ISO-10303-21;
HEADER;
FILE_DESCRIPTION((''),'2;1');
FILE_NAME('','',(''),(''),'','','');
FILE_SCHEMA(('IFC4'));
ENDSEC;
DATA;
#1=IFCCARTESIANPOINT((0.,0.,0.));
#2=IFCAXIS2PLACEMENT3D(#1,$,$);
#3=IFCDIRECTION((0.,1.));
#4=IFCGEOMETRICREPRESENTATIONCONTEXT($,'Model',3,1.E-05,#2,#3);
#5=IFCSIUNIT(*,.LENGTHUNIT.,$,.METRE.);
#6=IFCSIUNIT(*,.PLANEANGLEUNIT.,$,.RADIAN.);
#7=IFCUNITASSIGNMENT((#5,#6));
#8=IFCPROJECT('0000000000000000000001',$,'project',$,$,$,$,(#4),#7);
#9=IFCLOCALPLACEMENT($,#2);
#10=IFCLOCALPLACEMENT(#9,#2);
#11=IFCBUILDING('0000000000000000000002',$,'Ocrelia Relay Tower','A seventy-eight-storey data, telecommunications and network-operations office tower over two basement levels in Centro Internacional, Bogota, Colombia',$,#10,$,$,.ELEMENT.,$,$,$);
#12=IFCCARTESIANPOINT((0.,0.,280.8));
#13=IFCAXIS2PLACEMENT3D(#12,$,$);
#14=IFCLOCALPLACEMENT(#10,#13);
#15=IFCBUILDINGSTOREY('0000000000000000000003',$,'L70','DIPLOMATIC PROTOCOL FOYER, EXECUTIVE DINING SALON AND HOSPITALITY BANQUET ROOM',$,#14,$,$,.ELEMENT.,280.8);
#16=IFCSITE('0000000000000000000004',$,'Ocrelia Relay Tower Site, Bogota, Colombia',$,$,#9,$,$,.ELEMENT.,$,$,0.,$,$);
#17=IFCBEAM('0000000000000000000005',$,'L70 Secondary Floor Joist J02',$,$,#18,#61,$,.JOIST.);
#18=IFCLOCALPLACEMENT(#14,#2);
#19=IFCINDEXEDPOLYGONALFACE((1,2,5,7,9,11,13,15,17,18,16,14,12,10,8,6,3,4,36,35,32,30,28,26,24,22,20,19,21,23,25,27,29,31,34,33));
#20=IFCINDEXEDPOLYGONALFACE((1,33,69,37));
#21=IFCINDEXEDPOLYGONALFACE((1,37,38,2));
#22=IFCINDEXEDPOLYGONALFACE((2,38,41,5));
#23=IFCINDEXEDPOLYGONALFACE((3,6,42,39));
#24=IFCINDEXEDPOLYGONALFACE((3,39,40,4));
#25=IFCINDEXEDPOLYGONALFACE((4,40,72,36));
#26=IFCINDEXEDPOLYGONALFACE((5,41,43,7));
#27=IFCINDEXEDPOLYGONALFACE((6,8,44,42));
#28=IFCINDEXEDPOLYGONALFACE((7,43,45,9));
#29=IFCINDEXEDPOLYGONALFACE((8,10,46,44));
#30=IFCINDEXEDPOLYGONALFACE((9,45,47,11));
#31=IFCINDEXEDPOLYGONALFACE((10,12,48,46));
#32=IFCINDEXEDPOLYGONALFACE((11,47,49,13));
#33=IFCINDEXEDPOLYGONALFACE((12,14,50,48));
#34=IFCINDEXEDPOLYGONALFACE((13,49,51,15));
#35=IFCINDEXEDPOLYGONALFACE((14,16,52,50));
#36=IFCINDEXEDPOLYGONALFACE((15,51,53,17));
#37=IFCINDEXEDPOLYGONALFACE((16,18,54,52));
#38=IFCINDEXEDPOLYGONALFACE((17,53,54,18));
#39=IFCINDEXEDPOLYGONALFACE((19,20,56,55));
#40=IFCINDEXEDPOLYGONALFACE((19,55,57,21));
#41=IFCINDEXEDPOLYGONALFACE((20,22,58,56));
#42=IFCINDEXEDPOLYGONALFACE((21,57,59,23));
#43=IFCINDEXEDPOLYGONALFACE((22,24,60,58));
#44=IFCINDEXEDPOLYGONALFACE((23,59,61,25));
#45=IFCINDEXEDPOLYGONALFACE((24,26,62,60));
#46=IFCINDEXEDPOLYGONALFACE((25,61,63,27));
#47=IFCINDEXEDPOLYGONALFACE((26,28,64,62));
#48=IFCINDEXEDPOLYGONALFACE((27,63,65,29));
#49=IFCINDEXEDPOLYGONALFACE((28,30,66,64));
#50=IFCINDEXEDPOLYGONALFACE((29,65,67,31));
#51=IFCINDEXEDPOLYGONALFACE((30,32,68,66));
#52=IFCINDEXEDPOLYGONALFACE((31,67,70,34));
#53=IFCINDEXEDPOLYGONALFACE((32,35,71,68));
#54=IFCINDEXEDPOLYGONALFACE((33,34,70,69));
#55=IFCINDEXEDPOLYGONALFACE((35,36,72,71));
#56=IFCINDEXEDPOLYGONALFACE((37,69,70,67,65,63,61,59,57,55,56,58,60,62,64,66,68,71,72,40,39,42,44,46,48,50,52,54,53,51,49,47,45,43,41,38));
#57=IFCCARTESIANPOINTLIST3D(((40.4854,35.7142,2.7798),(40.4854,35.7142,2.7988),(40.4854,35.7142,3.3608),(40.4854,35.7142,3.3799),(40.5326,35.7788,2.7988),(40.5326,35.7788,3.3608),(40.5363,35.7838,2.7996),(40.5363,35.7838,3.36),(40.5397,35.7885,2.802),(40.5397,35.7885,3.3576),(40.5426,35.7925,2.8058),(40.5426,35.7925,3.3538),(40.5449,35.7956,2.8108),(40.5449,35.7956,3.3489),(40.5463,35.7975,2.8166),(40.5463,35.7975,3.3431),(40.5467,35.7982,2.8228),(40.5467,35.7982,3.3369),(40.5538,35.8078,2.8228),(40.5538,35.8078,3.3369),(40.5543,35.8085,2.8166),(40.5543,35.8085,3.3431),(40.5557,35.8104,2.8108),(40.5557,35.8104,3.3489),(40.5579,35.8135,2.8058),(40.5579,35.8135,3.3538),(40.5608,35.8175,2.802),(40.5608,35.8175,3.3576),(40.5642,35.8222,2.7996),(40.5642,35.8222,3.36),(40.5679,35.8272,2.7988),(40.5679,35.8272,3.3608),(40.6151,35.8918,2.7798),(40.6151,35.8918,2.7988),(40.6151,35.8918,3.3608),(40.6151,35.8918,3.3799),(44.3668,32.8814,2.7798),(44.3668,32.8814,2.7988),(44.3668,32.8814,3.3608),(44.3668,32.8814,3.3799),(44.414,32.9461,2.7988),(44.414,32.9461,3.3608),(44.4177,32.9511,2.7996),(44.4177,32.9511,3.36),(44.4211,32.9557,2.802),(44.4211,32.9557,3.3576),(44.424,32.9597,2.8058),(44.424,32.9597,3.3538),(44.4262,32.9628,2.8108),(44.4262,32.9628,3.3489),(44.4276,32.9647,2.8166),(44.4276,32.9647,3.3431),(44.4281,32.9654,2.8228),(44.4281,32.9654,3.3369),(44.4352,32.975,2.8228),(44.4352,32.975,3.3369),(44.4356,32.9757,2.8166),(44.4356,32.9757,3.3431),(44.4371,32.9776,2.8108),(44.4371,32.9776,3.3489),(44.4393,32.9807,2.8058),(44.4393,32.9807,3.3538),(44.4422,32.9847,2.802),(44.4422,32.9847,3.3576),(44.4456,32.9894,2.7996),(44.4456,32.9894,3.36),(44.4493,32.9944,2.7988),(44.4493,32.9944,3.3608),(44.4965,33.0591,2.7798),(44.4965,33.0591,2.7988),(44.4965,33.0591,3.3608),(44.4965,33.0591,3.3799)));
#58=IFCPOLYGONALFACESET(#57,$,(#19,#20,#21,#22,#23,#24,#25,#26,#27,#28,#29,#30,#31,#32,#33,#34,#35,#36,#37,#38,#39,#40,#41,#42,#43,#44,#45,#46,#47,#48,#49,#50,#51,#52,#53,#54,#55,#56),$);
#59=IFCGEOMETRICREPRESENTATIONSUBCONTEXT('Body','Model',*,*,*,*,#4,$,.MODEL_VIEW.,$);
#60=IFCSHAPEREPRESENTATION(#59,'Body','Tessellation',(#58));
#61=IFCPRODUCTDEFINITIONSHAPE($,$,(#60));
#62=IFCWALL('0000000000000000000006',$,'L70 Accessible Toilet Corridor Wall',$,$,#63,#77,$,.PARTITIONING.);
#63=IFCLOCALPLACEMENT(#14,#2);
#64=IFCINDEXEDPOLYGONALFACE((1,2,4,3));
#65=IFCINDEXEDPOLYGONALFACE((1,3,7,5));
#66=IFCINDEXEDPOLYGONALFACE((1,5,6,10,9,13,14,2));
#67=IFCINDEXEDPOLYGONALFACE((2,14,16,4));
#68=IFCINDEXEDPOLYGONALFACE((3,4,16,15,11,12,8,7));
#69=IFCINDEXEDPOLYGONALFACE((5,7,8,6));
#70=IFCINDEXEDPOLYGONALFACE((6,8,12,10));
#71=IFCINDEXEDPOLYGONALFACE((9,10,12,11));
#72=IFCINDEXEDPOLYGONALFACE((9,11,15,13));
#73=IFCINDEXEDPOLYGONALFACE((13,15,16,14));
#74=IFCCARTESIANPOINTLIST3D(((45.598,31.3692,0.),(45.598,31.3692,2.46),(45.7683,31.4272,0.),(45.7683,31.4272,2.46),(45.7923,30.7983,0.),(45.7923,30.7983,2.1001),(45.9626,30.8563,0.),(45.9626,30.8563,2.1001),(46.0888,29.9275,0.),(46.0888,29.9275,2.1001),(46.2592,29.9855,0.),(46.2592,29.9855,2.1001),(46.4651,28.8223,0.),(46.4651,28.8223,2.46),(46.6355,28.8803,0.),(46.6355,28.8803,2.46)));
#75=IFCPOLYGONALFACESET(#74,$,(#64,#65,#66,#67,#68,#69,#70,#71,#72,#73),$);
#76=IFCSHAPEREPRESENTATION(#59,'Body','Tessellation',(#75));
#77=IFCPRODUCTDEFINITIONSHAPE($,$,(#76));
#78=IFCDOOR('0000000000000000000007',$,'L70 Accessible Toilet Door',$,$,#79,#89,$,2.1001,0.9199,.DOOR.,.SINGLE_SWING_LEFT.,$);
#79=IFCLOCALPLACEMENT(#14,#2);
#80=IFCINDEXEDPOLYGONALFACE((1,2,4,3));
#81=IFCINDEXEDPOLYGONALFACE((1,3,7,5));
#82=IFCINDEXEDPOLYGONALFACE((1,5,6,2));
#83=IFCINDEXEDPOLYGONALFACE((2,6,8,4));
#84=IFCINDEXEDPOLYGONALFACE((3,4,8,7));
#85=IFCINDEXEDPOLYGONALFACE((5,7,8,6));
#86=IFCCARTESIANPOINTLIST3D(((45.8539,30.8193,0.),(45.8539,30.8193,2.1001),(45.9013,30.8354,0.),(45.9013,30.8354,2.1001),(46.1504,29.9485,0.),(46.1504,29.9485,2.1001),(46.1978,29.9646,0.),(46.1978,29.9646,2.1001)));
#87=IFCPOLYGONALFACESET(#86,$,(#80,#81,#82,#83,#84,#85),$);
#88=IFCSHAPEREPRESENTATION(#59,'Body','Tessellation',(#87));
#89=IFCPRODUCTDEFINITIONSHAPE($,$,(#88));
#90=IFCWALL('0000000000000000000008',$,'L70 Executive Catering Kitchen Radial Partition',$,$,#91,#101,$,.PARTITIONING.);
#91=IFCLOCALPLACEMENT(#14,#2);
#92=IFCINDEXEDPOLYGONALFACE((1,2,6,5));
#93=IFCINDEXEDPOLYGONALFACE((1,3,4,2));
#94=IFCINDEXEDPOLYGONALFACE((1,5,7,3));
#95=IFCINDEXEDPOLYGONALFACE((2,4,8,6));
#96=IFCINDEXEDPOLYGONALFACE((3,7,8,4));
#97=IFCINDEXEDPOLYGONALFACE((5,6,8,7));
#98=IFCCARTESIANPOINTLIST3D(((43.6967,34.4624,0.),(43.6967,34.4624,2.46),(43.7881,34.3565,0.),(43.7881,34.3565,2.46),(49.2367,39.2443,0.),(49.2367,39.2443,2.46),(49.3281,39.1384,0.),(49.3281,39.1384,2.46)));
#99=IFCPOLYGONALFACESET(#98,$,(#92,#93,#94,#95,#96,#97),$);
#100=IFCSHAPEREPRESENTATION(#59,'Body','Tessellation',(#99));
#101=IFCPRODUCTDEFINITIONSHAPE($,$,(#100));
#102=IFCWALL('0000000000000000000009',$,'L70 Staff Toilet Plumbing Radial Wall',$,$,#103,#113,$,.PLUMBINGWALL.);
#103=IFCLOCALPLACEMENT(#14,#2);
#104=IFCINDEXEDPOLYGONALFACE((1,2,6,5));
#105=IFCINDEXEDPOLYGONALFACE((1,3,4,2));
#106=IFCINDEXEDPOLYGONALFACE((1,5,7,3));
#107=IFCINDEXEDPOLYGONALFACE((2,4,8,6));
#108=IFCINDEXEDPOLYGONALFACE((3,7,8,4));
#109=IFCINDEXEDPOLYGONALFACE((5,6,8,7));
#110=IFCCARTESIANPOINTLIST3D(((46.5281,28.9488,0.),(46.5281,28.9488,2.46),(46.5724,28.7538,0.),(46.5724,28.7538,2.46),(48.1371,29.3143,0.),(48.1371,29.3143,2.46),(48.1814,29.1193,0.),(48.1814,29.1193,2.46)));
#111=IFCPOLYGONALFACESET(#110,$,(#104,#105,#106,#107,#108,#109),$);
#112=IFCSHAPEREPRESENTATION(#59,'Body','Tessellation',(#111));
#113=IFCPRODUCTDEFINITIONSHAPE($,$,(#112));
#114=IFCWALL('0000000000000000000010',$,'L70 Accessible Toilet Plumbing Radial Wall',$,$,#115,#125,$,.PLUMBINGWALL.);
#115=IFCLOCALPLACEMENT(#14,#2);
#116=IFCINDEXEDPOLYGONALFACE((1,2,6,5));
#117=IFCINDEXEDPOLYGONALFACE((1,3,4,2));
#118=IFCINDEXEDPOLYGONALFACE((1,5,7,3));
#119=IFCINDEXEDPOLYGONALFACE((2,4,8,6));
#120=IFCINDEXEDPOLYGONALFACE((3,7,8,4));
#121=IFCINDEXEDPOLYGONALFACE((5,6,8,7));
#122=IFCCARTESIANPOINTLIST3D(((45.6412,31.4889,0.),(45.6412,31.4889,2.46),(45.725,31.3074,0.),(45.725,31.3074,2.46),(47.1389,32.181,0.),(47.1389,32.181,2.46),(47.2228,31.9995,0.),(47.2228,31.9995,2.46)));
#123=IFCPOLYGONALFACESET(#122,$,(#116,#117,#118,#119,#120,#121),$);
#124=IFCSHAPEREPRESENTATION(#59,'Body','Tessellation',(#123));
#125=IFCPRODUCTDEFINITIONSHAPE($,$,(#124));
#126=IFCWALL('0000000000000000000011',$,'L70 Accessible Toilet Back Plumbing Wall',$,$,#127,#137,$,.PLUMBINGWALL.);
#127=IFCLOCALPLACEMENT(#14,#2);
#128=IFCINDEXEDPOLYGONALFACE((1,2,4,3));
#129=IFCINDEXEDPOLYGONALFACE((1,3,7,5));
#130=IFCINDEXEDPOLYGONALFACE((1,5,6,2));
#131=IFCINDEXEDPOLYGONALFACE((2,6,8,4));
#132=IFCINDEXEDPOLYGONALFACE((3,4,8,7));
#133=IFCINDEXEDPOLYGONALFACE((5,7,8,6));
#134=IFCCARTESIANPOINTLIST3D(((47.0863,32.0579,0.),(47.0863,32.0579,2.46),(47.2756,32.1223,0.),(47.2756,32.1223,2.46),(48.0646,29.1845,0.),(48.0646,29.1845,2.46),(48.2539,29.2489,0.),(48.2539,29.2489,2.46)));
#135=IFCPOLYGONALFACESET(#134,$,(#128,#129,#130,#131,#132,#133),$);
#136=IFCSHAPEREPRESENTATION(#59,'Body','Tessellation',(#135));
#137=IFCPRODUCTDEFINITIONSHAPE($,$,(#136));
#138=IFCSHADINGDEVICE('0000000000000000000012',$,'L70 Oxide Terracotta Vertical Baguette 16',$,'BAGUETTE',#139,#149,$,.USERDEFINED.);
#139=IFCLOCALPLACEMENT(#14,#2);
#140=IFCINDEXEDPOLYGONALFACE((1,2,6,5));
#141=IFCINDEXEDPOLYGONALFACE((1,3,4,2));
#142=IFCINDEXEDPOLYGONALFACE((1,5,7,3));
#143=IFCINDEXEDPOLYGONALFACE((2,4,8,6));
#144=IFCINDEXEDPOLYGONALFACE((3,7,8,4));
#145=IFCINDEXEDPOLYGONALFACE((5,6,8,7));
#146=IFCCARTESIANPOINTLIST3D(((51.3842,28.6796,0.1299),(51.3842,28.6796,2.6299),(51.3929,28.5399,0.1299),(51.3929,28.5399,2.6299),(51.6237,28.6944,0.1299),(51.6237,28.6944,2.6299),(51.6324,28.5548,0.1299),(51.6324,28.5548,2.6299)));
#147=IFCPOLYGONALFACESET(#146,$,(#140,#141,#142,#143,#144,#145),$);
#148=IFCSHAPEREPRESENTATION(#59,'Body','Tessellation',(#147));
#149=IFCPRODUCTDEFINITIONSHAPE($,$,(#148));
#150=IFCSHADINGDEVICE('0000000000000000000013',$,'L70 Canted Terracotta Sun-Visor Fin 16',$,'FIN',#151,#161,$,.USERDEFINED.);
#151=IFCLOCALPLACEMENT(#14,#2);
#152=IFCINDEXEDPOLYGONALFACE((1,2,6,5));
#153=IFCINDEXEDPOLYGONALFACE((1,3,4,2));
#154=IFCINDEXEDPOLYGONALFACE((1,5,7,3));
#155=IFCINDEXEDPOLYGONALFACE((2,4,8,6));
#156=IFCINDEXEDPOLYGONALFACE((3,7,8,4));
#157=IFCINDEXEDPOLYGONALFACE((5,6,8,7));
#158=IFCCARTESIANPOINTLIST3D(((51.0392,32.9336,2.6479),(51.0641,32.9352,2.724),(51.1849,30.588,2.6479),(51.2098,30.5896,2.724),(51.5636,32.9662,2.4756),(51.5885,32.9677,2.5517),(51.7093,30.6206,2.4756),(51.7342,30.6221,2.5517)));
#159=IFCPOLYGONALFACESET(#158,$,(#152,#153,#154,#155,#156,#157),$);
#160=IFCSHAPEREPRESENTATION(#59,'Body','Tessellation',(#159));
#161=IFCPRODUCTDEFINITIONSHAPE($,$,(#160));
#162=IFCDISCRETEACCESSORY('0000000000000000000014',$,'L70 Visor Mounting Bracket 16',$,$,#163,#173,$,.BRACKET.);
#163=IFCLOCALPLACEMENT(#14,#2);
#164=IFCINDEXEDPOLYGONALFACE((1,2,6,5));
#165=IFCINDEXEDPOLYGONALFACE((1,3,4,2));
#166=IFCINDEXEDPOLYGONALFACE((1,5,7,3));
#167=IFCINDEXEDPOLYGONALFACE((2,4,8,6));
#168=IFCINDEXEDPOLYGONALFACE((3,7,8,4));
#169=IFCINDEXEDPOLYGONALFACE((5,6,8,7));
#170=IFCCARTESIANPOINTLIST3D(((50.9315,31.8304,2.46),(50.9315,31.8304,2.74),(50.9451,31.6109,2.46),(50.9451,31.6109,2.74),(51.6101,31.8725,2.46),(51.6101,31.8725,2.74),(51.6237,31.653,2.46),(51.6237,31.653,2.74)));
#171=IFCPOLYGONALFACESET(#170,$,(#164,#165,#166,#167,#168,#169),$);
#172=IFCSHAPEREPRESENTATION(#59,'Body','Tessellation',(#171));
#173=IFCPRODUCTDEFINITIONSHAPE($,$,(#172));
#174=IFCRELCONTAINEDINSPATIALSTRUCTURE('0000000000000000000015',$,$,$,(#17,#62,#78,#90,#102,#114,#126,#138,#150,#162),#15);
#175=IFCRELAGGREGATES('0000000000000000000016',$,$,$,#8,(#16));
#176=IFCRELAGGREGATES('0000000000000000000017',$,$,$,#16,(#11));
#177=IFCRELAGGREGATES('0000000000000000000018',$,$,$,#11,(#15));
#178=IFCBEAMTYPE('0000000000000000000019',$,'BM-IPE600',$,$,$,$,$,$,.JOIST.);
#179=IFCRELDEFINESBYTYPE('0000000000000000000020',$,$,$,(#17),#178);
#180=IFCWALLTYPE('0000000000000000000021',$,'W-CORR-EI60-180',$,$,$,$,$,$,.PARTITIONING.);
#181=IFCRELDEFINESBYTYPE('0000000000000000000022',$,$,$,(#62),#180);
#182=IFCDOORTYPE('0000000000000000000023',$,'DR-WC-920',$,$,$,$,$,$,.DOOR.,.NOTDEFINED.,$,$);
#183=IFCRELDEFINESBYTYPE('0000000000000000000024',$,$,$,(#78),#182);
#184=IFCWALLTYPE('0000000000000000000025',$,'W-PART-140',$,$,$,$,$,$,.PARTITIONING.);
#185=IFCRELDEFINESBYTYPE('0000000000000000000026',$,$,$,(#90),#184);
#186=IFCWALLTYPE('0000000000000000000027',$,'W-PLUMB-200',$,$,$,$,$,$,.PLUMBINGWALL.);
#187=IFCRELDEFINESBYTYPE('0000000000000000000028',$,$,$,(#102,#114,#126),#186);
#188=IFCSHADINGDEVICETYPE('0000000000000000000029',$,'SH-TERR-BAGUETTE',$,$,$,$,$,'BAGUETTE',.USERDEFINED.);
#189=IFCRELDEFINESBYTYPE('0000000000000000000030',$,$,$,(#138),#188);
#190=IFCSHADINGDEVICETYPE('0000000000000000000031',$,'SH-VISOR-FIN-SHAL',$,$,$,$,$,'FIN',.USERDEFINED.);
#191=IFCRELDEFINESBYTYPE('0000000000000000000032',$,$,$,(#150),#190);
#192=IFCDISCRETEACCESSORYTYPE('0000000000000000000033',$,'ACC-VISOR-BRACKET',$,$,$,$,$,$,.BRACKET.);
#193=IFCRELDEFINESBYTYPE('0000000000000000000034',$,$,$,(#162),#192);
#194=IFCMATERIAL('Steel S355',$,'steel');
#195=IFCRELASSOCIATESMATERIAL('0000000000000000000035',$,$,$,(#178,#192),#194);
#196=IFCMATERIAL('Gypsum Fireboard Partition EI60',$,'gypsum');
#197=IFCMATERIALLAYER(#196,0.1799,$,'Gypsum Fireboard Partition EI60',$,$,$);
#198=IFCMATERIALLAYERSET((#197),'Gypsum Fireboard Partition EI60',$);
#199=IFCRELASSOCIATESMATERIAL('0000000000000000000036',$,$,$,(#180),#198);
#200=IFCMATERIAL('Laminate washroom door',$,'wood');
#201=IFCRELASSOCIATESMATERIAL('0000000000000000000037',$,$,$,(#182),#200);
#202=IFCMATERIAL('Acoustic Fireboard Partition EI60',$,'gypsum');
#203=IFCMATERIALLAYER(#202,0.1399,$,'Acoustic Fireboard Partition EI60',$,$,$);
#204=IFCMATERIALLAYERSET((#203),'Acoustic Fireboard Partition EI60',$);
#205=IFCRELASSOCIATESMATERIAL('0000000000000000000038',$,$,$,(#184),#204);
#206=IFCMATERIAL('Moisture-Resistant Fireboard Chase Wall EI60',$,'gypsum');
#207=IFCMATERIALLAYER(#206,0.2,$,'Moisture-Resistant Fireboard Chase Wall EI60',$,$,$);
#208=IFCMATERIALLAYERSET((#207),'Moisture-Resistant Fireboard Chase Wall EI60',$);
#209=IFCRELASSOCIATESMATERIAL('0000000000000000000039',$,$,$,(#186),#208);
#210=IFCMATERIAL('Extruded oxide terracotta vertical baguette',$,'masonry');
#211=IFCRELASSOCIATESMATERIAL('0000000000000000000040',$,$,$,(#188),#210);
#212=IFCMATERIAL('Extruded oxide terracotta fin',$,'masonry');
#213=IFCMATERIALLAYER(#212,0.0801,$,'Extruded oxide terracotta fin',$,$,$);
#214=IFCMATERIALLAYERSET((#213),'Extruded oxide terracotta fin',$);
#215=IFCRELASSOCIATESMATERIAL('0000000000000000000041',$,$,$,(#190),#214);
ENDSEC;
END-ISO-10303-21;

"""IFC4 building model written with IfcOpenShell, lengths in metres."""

from ifc_helpers import new_model, si_unit, direction, frame, frame_2d, origin, origin_2d, place, context, subcontext, project, spatial, rectangle, i_section, extrude, material, layer, layer_set, material_profile, profile_set, type_object, element, fill, save


model = new_model("IFC4")

# Units and contexts
model_context = context("Model", 3, precision=1e-05, world=origin(), true_north=direction((0.0, 1.0)))
body_context = subcontext(model_context, "Body", "Model", "MODEL_VIEW")
ifc_project = project(units=[si_unit("LENGTHUNIT", "METRE"), si_unit("PLANEANGLEUNIT", "RADIAN")], contexts=[model_context])

# Site, building, storey
site_placement = place(None, origin())
site = spatial("IfcSite", under=ifc_project, at=site_placement, Name="Ocrelia Relay Tower Site, Bogota, Colombia", CompositionType="ELEMENT", RefElevation=0.0)
building_placement = place(site_placement, origin())
building = spatial("IfcBuilding", under=site, at=building_placement, Name="Ocrelia Relay Tower", Description="A seventy-eight-storey data, telecommunications and network-operations office tower over two basement levels in Centro Internacional, Bogota, Colombia", CompositionType="ELEMENT")
storey_placement = place(building_placement, frame((0.0, 0.0, 280.8)))
storey = spatial("IfcBuildingStorey", under=building, at=storey_placement, Name="L70", Description="DIPLOMATIC PROTOCOL FOYER, EXECUTIVE DINING SALON AND HOSPITALITY BANQUET ROOM", CompositionType="ELEMENT", Elevation=280.8)

# Beam
ifc_material_1 = material(Name="Steel S355", Category="steel")
ifc_material_profile_1 = material_profile(ifc_material_1, i_section(OverallWidth=0.22, OverallDepth=0.6001, WebThickness=0.012, FlangeThickness=0.019, FilletRadius=0.0239, at=origin_2d()), Name="IPE 600")
ifc_profile_set_1 = profile_set([ifc_material_profile_1], Name="Steel S355")
beam_type_1 = type_object("IfcBeamType", Name="BM-IPE600", PredefinedType="JOIST", material=ifc_profile_set_1)
beam_1_placement = place(storey_placement, frame((44.4316, 32.9702, 3.0798), z_axis=(-0.807748, 0.589527, 0.0), x_axis=(-0.589527, -0.807748, 0.0)))
element("IfcBeam", 1, at=beam_1_placement, inside=storey, type_object=beam_type_1, Name="L70 Secondary Floor Joist J02", PredefinedType="JOIST", context=body_context, shape_type="SweptSolid", body=[
    extrude(i_section(OverallWidth=0.22, OverallDepth=0.6001, WebThickness=0.012, FlangeThickness=0.019, FilletRadius=0.0239, at=origin_2d()), origin(), (0.0, 0.0, 1.0), 4.8052),
])

# Wall, opening, door
ifc_material_2 = material(Name="Gypsum Fireboard Partition EI60", Category="gypsum")
ifc_layer_1 = layer(ifc_material_2, 0.1799, Name="Gypsum Fireboard Partition EI60")
ifc_layer_set_1 = layer_set([ifc_layer_1], Name="Gypsum Fireboard Partition EI60")
wall_type_1 = type_object("IfcWallType", Name="W-CORR-EI60-180", PredefinedType="PARTITIONING", material=ifc_layer_set_1)
wall_1_placement = place(storey_placement, frame((46.5503, 28.8513, 0.0), z_axis=(0.0, 0.0, 1.0), x_axis=(-0.322319, 0.946631, 0.0)))
wall_1 = element("IfcWall", 2, at=wall_1_placement, inside=storey, type_object=wall_type_1, Name="L70 Accessible Toilet Corridor Wall", PredefinedType="PARTITIONING", context=body_context, shape_type="SweptSolid", body=[
    extrude(rectangle(XDim=2.6904, YDim=0.1799, at=frame_2d((1.3452, 0.0))), origin(), (0.0, 0.0, 1.0), 2.46),
])
opening_1_placement = place(wall_1_placement, frame((1.1675, 0.0, 0.0)))
opening_1 = element("IfcOpeningElement", 3, at=opening_1_placement, cuts=wall_1, PredefinedType="OPENING", context=body_context, shape_type="SweptSolid", body=[
    extrude(rectangle(XDim=0.9199, YDim=2.1001, at=frame_2d((0.46, 1.05))), frame((0.0, 0.1001, 0.0), z_axis=(0.0, -1.0, 0.0), x_axis=(1.0, 0.0, 0.0)), (0.0, 0.0, 1.0), 0.2),
])
ifc_material_3 = material(Name="Laminate washroom door", Category="wood")
door_type_1 = type_object("IfcDoorType", Name="DR-WC-920", OperationType="NOTDEFINED", PredefinedType="DOOR", material=ifc_material_3)
door_1_placement = place(opening_1_placement, origin())
door_1 = element("IfcDoor", 4, at=door_1_placement, inside=storey, type_object=door_type_1, Name="L70 Accessible Toilet Door", OperationType="SINGLE_SWING_LEFT", OverallHeight=2.1001, OverallWidth=0.9199, PredefinedType="DOOR", context=body_context, shape_type="SweptSolid", body=[
    extrude(rectangle(XDim=0.9199, YDim=2.1001, at=frame_2d((0.46, 1.05))), frame((0.0, 0.0249, 0.0), z_axis=(0.0, -1.0, 0.0), x_axis=(1.0, 0.0, 0.0)), (0.0, 0.0, 1.0), 0.05),
])
fill(opening_1, door_1)

# Walls
ifc_material_4 = material(Name="Acoustic Fireboard Partition EI60", Category="gypsum")
ifc_layer_2 = layer(ifc_material_4, 0.1399, Name="Acoustic Fireboard Partition EI60")
ifc_layer_set_2 = layer_set([ifc_layer_2], Name="Acoustic Fireboard Partition EI60")
wall_type_2 = type_object("IfcWallType", Name="W-PART-140", PredefinedType="PARTITIONING", material=ifc_layer_set_2)
wall_2_placement = place(storey_placement, frame((43.7424, 34.4094, 0.0), z_axis=(0.0, 0.0, 1.0), x_axis=(0.756999, 0.653417, 0.0)))
element("IfcWall", 5, at=wall_2_placement, inside=storey, type_object=wall_type_2, Name="L70 Executive Catering Kitchen Radial Partition", PredefinedType="PARTITIONING", context=body_context, shape_type="SweptSolid", body=[
    extrude(rectangle(XDim=7.3184, YDim=0.1399, at=frame_2d((3.6592, 0.0))), origin(), (0.0, 0.0, 1.0), 2.46),
])
ifc_material_5 = material(Name="Moisture-Resistant Fireboard Chase Wall EI60", Category="gypsum")
ifc_layer_3 = layer(ifc_material_5, 0.2, Name="Moisture-Resistant Fireboard Chase Wall EI60")
ifc_layer_set_3 = layer_set([ifc_layer_3], Name="Moisture-Resistant Fireboard Chase Wall EI60")
wall_type_3 = type_object("IfcWallType", Name="W-PLUMB-200", PredefinedType="PLUMBINGWALL", material=ifc_layer_set_3)
for number, where, z_axis, x_axis, name in (
    (6, (46.5503, 28.8513, 0.0), (0.0, 0.0, 1.0), (0.975156, 0.221519, 0.0), "L70 Staff Toilet Plumbing Radial Wall"),
    (7, (45.6831, 31.3982, 0.0), (0.0, 0.0, 1.0), (0.907764, 0.41948, 0.0), "L70 Accessible Toilet Plumbing Radial Wall"),
):
    element("IfcWall", number, at=place(storey_placement, frame(where, z_axis=z_axis, x_axis=x_axis)), inside=storey, type_object=wall_type_3, Name=name, PredefinedType="PLUMBINGWALL", context=body_context, shape_type="SweptSolid", body=[
        extrude(rectangle(XDim=1.6499, YDim=0.2, at=frame_2d((0.825, 0.0))), origin(), (0.0, 0.0, 1.0), 2.46),
    ])
wall_3_placement = place(storey_placement, frame((48.1592, 29.2168, 0.0), z_axis=(0.0, 0.0, 1.0), x_axis=(-0.322278, 0.946645, 0.0)))
element("IfcWall", 8, at=wall_3_placement, inside=storey, type_object=wall_type_3, Name="L70 Accessible Toilet Back Plumbing Wall", PredefinedType="PLUMBINGWALL", context=body_context, shape_type="SweptSolid", body=[
    extrude(rectangle(XDim=3.0354, YDim=0.2, at=frame_2d((1.5176, 0.0))), origin(), (0.0, 0.0, 1.0), 2.46),
])

# Shading devices
ifc_material_6 = material(Name="Extruded oxide terracotta vertical baguette", Category="masonry")
shading_device_type_1 = type_object("IfcShadingDeviceType", Name="SH-TERR-BAGUETTE", ElementType="BAGUETTE", PredefinedType="USERDEFINED", material=ifc_material_6)
shading_device_1_placement = place(storey_placement, frame((51.5083, 28.6172, 0.1299), z_axis=(0.0, 0.0, 1.0), x_axis=(-0.061989, 0.998077, 0.0)))
element("IfcShadingDevice", 9, at=shading_device_1_placement, inside=storey, type_object=shading_device_type_1, Name="L70 Oxide Terracotta Vertical Baguette 16", ObjectType="BAGUETTE", PredefinedType="USERDEFINED", context=body_context, shape_type="SweptSolid", body=[
    extrude(rectangle(XDim=0.1399, YDim=0.24, at=origin_2d()), origin(), (0.0, 0.0, 1.0), 2.5),
])
ifc_material_7 = material(Name="Extruded oxide terracotta fin", Category="masonry")
ifc_layer_4 = layer(ifc_material_7, 0.0801, Name="Extruded oxide terracotta fin")
ifc_layer_set_4 = layer_set([ifc_layer_4], Name="Extruded oxide terracotta fin")
shading_device_type_2 = type_object("IfcShadingDeviceType", Name="SH-VISOR-FIN-SHAL", ElementType="FIN", PredefinedType="USERDEFINED", material=ifc_layer_set_4)
shading_device_2_placement = place(storey_placement, frame((51.3743, 31.7771, 2.5618), z_axis=(0.311072, 0.01932, 0.95019), x_axis=(-0.061989, 0.998077, 0.0)))
element("IfcShadingDevice", 10, at=shading_device_2_placement, inside=storey, type_object=shading_device_type_2, Name="L70 Canted Terracotta Sun-Visor Fin 16", ObjectType="FIN", PredefinedType="USERDEFINED", context=body_context, shape_type="SweptSolid", body=[
    extrude(rectangle(XDim=2.3501, YDim=0.553, at=origin_2d()), origin(), (0.0, 0.0, 1.0), 0.0801),
])

# Discrete accessory
discrete_accessory_type = type_object("IfcDiscreteAccessoryType", Name="ACC-VISOR-BRACKET", PredefinedType="BRACKET", material=ifc_material_1)
discrete_accessory_placement = place(storey_placement, frame((51.2776, 31.7417, 2.46), z_axis=(0.0, 0.0, 1.0), x_axis=(-0.061989, 0.998077, 0.0)))
element("IfcDiscreteAccessory", 11, at=discrete_accessory_placement, inside=storey, type_object=discrete_accessory_type, Name="L70 Visor Mounting Bracket 16", PredefinedType="BRACKET", context=body_context, shape_type="SweptSolid", body=[
    extrude(rectangle(XDim=0.22, YDim=0.6799, at=origin_2d()), origin(), (0.0, 0.0, 1.0), 0.28),
])

save(model, "model.ifc")
